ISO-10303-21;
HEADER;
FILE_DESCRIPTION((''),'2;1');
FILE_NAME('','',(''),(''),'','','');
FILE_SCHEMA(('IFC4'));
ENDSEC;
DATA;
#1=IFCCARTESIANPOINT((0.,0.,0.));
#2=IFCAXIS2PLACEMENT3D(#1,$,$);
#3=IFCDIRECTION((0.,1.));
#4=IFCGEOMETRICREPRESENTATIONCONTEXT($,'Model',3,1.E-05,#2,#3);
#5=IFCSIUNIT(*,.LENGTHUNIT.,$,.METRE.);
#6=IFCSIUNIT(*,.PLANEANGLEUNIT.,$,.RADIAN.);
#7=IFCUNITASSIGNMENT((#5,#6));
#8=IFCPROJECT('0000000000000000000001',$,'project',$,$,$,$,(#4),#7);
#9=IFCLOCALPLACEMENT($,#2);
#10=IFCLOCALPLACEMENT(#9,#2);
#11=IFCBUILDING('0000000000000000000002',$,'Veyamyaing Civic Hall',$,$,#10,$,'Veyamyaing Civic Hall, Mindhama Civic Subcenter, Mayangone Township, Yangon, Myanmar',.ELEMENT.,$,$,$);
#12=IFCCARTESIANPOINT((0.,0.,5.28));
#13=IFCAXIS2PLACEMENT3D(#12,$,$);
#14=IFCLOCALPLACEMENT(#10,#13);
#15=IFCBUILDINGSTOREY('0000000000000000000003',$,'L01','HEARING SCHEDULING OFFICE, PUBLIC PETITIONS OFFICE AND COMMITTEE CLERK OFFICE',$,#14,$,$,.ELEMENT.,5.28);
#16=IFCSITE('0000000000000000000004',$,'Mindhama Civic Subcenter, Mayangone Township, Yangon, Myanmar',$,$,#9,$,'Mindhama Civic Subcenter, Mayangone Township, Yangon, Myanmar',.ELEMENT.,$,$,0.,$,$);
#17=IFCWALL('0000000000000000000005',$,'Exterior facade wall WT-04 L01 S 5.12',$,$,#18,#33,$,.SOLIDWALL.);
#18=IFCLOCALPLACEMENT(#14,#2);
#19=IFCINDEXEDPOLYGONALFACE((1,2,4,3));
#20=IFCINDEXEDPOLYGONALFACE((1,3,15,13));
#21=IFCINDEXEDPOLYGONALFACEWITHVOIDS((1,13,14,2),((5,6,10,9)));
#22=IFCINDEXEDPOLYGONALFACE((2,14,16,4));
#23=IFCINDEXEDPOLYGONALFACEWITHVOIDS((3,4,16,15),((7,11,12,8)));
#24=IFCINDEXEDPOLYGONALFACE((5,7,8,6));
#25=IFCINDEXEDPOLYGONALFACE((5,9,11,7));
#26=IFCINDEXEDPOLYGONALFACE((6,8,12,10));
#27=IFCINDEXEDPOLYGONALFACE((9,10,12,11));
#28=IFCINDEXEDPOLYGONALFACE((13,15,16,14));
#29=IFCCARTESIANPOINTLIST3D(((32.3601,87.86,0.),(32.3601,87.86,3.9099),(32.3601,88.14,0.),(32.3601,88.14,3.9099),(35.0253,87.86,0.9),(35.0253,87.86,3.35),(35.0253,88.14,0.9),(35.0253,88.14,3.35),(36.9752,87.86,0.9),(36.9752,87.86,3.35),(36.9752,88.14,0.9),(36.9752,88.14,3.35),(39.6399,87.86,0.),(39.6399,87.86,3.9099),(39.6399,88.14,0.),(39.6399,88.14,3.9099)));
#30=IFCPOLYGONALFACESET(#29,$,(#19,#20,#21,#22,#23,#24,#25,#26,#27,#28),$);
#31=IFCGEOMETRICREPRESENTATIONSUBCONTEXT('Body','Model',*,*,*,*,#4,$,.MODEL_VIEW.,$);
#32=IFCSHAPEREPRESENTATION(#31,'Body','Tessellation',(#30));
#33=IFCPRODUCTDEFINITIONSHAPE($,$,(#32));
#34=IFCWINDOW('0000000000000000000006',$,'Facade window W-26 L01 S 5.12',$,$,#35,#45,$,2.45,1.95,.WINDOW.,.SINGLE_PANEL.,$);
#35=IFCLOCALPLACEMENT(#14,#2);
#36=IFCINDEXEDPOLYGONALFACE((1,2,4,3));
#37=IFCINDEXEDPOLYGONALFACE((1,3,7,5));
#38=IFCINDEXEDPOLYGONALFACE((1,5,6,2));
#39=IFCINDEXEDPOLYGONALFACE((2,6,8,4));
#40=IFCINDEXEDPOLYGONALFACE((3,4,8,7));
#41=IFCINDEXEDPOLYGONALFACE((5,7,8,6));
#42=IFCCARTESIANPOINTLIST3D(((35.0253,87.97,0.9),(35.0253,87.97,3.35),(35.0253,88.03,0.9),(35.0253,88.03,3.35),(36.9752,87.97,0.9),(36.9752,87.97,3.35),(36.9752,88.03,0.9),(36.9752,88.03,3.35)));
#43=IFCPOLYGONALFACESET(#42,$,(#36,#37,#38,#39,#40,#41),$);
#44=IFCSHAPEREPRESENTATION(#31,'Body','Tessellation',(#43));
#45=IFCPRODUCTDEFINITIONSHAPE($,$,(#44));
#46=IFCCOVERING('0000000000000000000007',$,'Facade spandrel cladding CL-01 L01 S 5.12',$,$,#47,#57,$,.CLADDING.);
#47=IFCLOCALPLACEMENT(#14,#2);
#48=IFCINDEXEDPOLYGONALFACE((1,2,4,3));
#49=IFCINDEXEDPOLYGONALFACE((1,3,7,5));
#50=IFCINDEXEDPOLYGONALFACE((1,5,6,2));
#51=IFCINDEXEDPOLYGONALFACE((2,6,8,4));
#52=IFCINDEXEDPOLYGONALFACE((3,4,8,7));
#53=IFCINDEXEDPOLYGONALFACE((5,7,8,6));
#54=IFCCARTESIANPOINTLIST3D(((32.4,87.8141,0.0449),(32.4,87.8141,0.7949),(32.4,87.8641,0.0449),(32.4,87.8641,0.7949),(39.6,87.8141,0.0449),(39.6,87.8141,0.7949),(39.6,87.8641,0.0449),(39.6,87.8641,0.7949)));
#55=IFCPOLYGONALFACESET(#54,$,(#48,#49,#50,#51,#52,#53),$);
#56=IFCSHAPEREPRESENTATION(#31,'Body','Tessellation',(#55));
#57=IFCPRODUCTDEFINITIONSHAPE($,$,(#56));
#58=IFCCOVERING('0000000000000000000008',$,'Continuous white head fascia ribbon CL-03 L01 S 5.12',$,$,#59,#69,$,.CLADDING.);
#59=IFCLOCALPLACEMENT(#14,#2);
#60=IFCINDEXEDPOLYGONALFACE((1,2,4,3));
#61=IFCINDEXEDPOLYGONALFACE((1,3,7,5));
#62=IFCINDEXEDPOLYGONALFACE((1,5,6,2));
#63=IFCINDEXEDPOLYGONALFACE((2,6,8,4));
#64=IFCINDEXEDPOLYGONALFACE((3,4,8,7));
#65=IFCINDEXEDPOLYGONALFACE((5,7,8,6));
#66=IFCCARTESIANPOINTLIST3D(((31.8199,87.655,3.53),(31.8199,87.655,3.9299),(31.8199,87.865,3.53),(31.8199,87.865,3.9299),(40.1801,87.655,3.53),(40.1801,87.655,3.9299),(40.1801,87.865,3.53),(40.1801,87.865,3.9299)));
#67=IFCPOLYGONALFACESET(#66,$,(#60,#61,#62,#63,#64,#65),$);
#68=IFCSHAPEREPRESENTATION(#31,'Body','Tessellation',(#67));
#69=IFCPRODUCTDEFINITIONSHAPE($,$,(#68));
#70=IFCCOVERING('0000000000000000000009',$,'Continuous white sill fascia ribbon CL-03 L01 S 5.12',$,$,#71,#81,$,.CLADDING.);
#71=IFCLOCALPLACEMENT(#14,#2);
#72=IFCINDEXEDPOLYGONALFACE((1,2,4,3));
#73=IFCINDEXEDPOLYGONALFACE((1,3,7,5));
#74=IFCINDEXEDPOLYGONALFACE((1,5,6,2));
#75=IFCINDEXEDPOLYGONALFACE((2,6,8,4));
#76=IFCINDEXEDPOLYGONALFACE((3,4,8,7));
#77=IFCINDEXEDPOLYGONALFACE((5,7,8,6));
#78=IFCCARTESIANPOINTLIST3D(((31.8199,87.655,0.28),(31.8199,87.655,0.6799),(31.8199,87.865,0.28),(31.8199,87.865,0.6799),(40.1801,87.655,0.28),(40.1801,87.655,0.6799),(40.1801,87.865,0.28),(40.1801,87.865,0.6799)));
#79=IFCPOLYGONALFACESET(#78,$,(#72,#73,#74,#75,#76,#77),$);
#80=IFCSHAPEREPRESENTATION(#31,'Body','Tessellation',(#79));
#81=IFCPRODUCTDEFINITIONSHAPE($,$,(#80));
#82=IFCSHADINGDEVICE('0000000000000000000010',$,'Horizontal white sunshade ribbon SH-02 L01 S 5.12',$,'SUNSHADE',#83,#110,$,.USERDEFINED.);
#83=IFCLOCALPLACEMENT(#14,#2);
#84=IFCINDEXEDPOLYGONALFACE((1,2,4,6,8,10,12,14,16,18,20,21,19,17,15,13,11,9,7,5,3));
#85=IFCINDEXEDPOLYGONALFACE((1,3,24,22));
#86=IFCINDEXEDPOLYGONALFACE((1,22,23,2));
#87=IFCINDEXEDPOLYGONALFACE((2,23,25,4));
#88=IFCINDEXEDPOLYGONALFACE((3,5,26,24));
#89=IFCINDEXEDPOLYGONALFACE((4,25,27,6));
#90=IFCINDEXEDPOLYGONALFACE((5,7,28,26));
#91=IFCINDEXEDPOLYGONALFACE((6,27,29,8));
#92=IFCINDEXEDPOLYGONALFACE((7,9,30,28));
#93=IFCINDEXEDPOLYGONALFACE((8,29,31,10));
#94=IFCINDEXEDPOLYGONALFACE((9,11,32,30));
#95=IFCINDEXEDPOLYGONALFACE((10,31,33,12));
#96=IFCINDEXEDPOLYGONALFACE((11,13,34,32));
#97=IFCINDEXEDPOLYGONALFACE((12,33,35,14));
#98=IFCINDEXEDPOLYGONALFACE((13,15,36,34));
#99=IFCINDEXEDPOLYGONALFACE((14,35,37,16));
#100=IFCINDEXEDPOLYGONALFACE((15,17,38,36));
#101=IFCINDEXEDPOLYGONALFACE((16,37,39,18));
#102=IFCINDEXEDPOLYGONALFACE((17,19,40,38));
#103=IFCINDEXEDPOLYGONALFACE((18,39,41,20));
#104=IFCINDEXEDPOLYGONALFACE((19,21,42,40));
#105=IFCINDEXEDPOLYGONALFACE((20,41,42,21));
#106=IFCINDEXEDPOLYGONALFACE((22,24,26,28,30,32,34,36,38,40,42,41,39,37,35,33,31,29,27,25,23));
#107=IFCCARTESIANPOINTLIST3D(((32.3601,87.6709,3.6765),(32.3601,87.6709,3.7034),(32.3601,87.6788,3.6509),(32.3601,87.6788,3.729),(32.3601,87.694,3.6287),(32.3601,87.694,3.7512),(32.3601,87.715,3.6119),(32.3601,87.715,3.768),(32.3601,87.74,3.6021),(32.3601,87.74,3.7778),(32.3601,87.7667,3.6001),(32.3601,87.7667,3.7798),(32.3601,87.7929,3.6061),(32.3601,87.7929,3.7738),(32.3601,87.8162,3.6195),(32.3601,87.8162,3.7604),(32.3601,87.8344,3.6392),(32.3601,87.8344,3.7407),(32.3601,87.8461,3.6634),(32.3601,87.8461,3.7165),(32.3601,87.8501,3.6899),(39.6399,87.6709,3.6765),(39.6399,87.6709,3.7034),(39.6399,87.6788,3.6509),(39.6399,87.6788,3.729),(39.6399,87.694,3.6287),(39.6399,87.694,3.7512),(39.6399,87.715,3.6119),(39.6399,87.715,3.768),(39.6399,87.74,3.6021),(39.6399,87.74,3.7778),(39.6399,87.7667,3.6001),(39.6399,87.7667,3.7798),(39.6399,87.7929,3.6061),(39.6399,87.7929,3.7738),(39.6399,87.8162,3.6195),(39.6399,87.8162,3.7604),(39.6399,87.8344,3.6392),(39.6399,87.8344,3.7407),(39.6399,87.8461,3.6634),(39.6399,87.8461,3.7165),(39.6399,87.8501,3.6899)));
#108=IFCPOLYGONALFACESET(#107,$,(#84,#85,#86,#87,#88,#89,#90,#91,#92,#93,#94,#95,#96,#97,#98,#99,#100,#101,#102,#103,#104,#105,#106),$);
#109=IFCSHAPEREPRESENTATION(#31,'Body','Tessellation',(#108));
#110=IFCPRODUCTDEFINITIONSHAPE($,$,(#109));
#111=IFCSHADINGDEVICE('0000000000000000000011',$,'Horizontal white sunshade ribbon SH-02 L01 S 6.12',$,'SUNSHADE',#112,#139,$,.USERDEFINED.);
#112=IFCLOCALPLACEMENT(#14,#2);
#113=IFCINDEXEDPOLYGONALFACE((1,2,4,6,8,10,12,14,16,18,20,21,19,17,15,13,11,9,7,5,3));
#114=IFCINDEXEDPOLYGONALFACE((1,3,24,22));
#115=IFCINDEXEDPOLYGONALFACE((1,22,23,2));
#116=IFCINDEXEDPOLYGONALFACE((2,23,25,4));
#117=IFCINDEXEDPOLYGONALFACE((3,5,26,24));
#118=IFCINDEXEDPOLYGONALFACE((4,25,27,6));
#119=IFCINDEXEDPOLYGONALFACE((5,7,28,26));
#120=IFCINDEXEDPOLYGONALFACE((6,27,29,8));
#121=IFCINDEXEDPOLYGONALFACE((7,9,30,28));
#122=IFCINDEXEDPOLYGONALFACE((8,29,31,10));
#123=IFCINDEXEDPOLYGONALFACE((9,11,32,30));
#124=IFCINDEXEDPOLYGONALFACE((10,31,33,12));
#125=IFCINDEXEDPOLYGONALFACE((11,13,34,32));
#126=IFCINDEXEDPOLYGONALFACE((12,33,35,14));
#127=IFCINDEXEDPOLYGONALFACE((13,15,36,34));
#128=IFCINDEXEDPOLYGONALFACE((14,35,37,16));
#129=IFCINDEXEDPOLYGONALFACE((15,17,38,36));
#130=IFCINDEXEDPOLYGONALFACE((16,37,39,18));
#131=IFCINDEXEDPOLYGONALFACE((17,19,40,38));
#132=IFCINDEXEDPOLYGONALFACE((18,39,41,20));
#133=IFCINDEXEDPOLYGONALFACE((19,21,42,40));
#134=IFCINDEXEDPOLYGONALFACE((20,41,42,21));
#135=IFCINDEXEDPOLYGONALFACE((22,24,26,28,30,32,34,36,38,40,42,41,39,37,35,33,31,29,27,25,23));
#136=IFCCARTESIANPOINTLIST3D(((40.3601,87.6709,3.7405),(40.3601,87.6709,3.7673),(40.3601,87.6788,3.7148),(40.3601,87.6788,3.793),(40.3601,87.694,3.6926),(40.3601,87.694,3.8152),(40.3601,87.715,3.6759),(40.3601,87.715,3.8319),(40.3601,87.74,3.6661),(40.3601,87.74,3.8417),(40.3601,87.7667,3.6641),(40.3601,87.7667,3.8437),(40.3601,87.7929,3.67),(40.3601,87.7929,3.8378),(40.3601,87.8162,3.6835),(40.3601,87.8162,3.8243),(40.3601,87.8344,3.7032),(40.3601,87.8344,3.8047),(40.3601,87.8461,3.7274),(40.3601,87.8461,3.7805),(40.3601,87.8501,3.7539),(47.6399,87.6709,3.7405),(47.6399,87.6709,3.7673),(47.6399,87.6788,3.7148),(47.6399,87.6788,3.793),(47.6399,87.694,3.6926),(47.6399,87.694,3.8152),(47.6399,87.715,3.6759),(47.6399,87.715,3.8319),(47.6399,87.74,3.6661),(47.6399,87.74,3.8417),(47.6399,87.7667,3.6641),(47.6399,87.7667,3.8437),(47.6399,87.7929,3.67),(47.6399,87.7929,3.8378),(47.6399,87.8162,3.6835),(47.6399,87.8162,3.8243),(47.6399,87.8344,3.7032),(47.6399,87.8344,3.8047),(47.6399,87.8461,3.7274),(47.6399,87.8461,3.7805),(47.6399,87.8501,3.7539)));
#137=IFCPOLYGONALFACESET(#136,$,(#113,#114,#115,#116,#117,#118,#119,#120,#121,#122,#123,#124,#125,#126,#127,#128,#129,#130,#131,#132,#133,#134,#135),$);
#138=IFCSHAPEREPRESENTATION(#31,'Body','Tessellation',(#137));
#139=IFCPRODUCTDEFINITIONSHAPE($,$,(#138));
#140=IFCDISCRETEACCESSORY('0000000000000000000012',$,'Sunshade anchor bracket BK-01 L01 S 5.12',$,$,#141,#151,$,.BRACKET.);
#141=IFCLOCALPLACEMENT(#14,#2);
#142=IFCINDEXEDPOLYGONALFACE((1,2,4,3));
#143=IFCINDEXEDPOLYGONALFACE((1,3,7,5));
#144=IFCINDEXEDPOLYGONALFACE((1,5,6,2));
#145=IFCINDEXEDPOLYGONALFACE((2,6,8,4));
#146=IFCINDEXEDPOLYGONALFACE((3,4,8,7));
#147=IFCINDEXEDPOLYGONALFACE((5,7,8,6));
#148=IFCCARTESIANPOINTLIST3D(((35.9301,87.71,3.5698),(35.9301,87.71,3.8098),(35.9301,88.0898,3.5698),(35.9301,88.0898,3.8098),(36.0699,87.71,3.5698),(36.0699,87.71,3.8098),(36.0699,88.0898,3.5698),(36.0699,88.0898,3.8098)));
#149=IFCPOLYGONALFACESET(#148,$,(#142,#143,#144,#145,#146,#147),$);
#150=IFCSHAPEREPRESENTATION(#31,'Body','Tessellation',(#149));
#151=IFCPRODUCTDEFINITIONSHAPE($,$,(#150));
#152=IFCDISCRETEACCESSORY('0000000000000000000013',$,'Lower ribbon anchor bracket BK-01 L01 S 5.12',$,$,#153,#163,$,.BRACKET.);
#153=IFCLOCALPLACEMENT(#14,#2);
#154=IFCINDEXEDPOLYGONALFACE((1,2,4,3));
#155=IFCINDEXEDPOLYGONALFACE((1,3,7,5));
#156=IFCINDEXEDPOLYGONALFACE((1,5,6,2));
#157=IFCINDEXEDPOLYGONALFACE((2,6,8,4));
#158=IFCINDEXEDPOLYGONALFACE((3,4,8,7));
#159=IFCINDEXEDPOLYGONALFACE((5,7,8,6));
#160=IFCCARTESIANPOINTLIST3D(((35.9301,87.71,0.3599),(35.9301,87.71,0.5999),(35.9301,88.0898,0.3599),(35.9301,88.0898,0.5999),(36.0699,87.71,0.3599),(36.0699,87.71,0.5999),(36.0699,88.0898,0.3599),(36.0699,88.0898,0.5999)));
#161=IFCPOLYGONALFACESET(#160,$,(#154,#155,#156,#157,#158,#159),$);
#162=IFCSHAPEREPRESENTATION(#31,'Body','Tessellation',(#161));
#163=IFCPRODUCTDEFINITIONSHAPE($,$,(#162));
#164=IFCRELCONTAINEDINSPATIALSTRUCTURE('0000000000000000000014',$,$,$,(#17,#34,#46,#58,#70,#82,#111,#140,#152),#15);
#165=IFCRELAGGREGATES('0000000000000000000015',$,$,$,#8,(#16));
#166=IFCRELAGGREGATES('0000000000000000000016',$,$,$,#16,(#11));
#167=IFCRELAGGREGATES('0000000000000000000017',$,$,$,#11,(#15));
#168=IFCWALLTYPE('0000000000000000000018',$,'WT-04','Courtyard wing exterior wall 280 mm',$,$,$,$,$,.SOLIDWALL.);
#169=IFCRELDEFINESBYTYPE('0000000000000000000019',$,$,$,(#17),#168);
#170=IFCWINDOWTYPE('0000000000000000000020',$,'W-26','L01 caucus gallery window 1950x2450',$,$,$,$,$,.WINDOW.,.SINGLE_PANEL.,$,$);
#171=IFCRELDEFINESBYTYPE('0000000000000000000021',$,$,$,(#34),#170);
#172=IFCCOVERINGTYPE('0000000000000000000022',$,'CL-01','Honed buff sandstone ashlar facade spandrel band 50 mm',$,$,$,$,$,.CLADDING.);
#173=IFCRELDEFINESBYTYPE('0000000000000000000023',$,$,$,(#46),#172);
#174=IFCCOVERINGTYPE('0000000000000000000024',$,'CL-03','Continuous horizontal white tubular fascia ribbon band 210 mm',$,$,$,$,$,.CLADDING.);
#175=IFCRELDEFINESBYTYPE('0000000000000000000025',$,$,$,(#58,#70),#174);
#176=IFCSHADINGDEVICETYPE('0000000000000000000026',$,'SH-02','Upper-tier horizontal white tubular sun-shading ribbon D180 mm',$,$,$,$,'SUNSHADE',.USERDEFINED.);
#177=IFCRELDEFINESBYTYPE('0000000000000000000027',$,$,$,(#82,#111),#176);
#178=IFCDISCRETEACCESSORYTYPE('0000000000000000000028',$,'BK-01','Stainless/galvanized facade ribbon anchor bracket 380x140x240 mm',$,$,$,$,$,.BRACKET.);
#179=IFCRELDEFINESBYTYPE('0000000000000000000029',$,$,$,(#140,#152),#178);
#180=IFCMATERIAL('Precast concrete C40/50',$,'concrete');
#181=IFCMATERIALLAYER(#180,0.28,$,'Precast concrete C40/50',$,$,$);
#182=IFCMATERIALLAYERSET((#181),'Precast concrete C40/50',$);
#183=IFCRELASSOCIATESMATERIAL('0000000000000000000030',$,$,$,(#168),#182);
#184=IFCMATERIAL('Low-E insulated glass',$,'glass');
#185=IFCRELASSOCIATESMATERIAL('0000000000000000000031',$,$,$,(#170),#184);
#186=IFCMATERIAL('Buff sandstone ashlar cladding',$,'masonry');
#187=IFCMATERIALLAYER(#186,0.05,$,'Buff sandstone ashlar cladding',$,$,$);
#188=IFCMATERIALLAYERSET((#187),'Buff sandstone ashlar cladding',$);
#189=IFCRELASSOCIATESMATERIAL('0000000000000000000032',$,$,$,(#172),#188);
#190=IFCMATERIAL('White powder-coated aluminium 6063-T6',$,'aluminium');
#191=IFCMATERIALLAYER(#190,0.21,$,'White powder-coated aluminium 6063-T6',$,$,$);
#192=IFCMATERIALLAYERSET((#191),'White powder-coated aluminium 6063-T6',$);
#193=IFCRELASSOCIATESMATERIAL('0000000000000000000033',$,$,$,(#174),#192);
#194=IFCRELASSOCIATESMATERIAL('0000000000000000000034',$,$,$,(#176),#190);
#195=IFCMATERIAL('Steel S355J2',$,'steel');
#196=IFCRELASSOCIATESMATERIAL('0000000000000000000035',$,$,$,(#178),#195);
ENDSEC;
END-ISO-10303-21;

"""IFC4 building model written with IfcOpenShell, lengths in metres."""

from ifc_helpers import new_model, si_unit, direction, frame, frame_2d, origin, origin_2d, place, context, subcontext, project, spatial, rectangle, circle, extrude, material, layer, layer_set, material_profile, profile_set, type_object, element, fill, save


model = new_model("IFC4")

# Units and contexts
model_context = context("Model", 3, precision=1e-05, world=origin(), true_north=direction((0.0, 1.0)))
body_context = subcontext(model_context, "Body", "Model", "MODEL_VIEW")
ifc_project = project(units=[si_unit("LENGTHUNIT", "METRE"), si_unit("PLANEANGLEUNIT", "RADIAN")], contexts=[model_context])

# Site, building, storey
site_placement = place(None, origin())
site = spatial("IfcSite", under=ifc_project, at=site_placement, Name="Mindhama Civic Subcenter, Mayangone Township, Yangon, Myanmar", LongName="Mindhama Civic Subcenter, Mayangone Township, Yangon, Myanmar", CompositionType="ELEMENT", RefElevation=0.0)
building_placement = place(site_placement, origin())
building = spatial("IfcBuilding", under=site, at=building_placement, Name="Veyamyaing Civic Hall", LongName="Veyamyaing Civic Hall, Mindhama Civic Subcenter, Mayangone Township, Yangon, Myanmar", CompositionType="ELEMENT")
storey_placement = place(building_placement, frame((0.0, 0.0, 5.28)))
storey = spatial("IfcBuildingStorey", under=building, at=storey_placement, Name="L01", Description="HEARING SCHEDULING OFFICE, PUBLIC PETITIONS OFFICE AND COMMITTEE CLERK OFFICE", CompositionType="ELEMENT", Elevation=5.28)

# Wall, opening, window
ifc_material_1 = material(Name="Precast concrete C40/50", Category="concrete")
ifc_layer_1 = layer(ifc_material_1, 0.28, Name="Precast concrete C40/50")
ifc_layer_set_1 = layer_set([ifc_layer_1], Name="Precast concrete C40/50")
wall_type_1 = type_object("IfcWallType", Name="WT-04", Description="Courtyard wing exterior wall 280 mm", PredefinedType="SOLIDWALL", material=ifc_layer_set_1)
wall_1_placement = place(storey_placement, frame((32.3601, 88.0, 0.0), z_axis=(0.0, 0.0, 1.0), x_axis=(1.0, 0.0, 0.0)))
wall_1 = element("IfcWall", 1, at=wall_1_placement, inside=storey, type_object=wall_type_1, Name="Exterior facade wall WT-04 L01 S 5.12", PredefinedType="SOLIDWALL", context=body_context, shape_type="SweptSolid", body=[
    extrude(rectangle(XDim=7.2798, YDim=0.28, at=frame_2d((3.6399, 0.0))), origin(), (0.0, 0.0, 1.0), 3.9099),
])
opening_1_placement = place(wall_1_placement, frame((2.665, 0.0, 0.8999)))
opening_1 = element("IfcOpeningElement", 2, at=opening_1_placement, cuts=wall_1, PredefinedType="OPENING", context=body_context, shape_type="SweptSolid", body=[
    extrude(rectangle(XDim=1.95, YDim=2.45, at=frame_2d((0.9751, 1.2251))), frame((0.0, 0.1499, 0.0), z_axis=(0.0, -1.0, 0.0), x_axis=(1.0, 0.0, 0.0)), (0.0, 0.0, 1.0), 0.3),
])
ifc_material_2 = material(Name="Low-E insulated glass", Category="glass")
window_type = type_object("IfcWindowType", Name="W-26", Description="L01 caucus gallery window 1950x2450", PartitioningType="SINGLE_PANEL", PredefinedType="WINDOW", material=ifc_material_2)
window_placement = place(opening_1_placement, origin())
window = element("IfcWindow", 3, at=window_placement, inside=storey, type_object=window_type, Name="Facade window W-26 L01 S 5.12", OverallHeight=2.45, OverallWidth=1.95, PartitioningType="SINGLE_PANEL", PredefinedType="WINDOW", context=body_context, shape_type="SweptSolid", body=[
    extrude(rectangle(XDim=1.95, YDim=2.45, at=frame_2d((0.9751, 1.2251))), frame((0.0, 0.03, 0.0), z_axis=(0.0, -1.0, 0.0), x_axis=(1.0, 0.0, 0.0)), (0.0, 0.0, 1.0), 0.0601),
])
fill(opening_1, window)

# Coverings
ifc_material_3 = material(Name="Buff sandstone ashlar cladding", Category="masonry")
ifc_layer_2 = layer(ifc_material_3, 0.05, Name="Buff sandstone ashlar cladding")
ifc_layer_set_2 = layer_set([ifc_layer_2], Name="Buff sandstone ashlar cladding")
covering_type_1 = type_object("IfcCoveringType", Name="CL-01", Description="Honed buff sandstone ashlar facade spandrel band 50 mm", PredefinedType="CLADDING", material=ifc_layer_set_2)
covering_placement = place(storey_placement, frame((36.0, 87.8391, 0.0449), z_axis=(0.0, 0.0, 1.0), x_axis=(1.0, 0.0, 0.0)))
element("IfcCovering", 4, at=covering_placement, inside=storey, type_object=covering_type_1, Name="Facade spandrel cladding CL-01 L01 S 5.12", PredefinedType="CLADDING", context=body_context, shape_type="SweptSolid", body=[
    extrude(rectangle(XDim=7.2, YDim=0.05, at=origin_2d()), origin(), (0.0, 0.0, 1.0), 0.75),
])
ifc_material_4 = material(Name="White powder-coated aluminium 6063-T6", Category="aluminium")
ifc_layer_3 = layer(ifc_material_4, 0.21, Name="White powder-coated aluminium 6063-T6")
ifc_layer_set_3 = layer_set([ifc_layer_3], Name="White powder-coated aluminium 6063-T6")
covering_type_2 = type_object("IfcCoveringType", Name="CL-03", Description="Continuous horizontal white tubular fascia ribbon band 210 mm", PredefinedType="CLADDING", material=ifc_layer_set_3)
for number, where, z_axis, x_axis, name in (
    (5, (36.0, 87.76, 3.53), (0.0, 0.0, 1.0), (1.0, 0.0, 0.0), "Continuous white head fascia ribbon CL-03 L01 S 5.12"),
    (6, (36.0, 87.76, 0.28), (0.0, 0.0, 1.0), (1.0, 0.0, 0.0), "Continuous white sill fascia ribbon CL-03 L01 S 5.12"),
):
    element("IfcCovering", number, at=place(storey_placement, frame(where, z_axis=z_axis, x_axis=x_axis)), inside=storey, type_object=covering_type_2, Name=name, PredefinedType="CLADDING", context=body_context, shape_type="SweptSolid", body=[
        extrude(rectangle(XDim=8.3601, YDim=0.21, at=origin_2d()), origin(), (0.0, 0.0, 1.0), 0.3999),
    ])

# Shading devices
ifc_material_profile_1 = material_profile(ifc_material_4, circle(Radius=0.0901, at=origin_2d()), Name="SHADE-TUBE-180")
ifc_profile_set_1 = profile_set([ifc_material_profile_1], Name="White powder-coated aluminium 6063-T6")
shading_device_type = type_object("IfcShadingDeviceType", Name="SH-02", Description="Upper-tier horizontal white tubular sun-shading ribbon D180 mm", ElementType="SUNSHADE", PredefinedType="USERDEFINED", material=ifc_profile_set_1)
for number, where, z_axis, x_axis, name in (
    (7, (32.3601, 87.76, 3.6899), (1.0, 0.0, 0.0), (0.0, 1.0, 0.0), "Horizontal white sunshade ribbon SH-02 L01 S 5.12"),
    (8, (40.3601, 87.76, 3.7539), (1.0, 0.0, 0.0), (0.0, 1.0, 0.0), "Horizontal white sunshade ribbon SH-02 L01 S 6.12"),
):
    element("IfcShadingDevice", number, at=place(storey_placement, frame(where, z_axis=z_axis, x_axis=x_axis)), inside=storey, type_object=shading_device_type, Name=name, ObjectType="SUNSHADE", PredefinedType="USERDEFINED", context=body_context, shape_type="SweptSolid", body=[
        extrude(circle(Radius=0.0901, at=origin_2d()), origin(), (0.0, 0.0, 1.0), 7.2798),
    ])

# Discrete accessories
ifc_material_5 = material(Name="Steel S355J2", Category="steel")
discrete_accessory_type = type_object("IfcDiscreteAccessoryType", Name="BK-01", Description="Stainless/galvanized facade ribbon anchor bracket 380x140x240 mm", PredefinedType="BRACKET", material=ifc_material_5)
for number, where, z_axis, x_axis, name in (
    (9, (36.0, 87.8999, 3.5698), (0.0, 0.0, 1.0), (0.0, -1.0, 0.0), "Sunshade anchor bracket BK-01 L01 S 5.12"),
    (10, (36.0, 87.8999, 0.3599), (0.0, 0.0, 1.0), (0.0, -1.0, 0.0), "Lower ribbon anchor bracket BK-01 L01 S 5.12"),
):
    element("IfcDiscreteAccessory", number, at=place(storey_placement, frame(where, z_axis=z_axis, x_axis=x_axis)), inside=storey, type_object=discrete_accessory_type, Name=name, PredefinedType="BRACKET", context=body_context, shape_type="SweptSolid", body=[
        extrude(rectangle(XDim=0.3799, YDim=0.1399, at=origin_2d()), origin(), (0.0, 0.0, 1.0), 0.24),
    ])

save(model, "model.ifc")
